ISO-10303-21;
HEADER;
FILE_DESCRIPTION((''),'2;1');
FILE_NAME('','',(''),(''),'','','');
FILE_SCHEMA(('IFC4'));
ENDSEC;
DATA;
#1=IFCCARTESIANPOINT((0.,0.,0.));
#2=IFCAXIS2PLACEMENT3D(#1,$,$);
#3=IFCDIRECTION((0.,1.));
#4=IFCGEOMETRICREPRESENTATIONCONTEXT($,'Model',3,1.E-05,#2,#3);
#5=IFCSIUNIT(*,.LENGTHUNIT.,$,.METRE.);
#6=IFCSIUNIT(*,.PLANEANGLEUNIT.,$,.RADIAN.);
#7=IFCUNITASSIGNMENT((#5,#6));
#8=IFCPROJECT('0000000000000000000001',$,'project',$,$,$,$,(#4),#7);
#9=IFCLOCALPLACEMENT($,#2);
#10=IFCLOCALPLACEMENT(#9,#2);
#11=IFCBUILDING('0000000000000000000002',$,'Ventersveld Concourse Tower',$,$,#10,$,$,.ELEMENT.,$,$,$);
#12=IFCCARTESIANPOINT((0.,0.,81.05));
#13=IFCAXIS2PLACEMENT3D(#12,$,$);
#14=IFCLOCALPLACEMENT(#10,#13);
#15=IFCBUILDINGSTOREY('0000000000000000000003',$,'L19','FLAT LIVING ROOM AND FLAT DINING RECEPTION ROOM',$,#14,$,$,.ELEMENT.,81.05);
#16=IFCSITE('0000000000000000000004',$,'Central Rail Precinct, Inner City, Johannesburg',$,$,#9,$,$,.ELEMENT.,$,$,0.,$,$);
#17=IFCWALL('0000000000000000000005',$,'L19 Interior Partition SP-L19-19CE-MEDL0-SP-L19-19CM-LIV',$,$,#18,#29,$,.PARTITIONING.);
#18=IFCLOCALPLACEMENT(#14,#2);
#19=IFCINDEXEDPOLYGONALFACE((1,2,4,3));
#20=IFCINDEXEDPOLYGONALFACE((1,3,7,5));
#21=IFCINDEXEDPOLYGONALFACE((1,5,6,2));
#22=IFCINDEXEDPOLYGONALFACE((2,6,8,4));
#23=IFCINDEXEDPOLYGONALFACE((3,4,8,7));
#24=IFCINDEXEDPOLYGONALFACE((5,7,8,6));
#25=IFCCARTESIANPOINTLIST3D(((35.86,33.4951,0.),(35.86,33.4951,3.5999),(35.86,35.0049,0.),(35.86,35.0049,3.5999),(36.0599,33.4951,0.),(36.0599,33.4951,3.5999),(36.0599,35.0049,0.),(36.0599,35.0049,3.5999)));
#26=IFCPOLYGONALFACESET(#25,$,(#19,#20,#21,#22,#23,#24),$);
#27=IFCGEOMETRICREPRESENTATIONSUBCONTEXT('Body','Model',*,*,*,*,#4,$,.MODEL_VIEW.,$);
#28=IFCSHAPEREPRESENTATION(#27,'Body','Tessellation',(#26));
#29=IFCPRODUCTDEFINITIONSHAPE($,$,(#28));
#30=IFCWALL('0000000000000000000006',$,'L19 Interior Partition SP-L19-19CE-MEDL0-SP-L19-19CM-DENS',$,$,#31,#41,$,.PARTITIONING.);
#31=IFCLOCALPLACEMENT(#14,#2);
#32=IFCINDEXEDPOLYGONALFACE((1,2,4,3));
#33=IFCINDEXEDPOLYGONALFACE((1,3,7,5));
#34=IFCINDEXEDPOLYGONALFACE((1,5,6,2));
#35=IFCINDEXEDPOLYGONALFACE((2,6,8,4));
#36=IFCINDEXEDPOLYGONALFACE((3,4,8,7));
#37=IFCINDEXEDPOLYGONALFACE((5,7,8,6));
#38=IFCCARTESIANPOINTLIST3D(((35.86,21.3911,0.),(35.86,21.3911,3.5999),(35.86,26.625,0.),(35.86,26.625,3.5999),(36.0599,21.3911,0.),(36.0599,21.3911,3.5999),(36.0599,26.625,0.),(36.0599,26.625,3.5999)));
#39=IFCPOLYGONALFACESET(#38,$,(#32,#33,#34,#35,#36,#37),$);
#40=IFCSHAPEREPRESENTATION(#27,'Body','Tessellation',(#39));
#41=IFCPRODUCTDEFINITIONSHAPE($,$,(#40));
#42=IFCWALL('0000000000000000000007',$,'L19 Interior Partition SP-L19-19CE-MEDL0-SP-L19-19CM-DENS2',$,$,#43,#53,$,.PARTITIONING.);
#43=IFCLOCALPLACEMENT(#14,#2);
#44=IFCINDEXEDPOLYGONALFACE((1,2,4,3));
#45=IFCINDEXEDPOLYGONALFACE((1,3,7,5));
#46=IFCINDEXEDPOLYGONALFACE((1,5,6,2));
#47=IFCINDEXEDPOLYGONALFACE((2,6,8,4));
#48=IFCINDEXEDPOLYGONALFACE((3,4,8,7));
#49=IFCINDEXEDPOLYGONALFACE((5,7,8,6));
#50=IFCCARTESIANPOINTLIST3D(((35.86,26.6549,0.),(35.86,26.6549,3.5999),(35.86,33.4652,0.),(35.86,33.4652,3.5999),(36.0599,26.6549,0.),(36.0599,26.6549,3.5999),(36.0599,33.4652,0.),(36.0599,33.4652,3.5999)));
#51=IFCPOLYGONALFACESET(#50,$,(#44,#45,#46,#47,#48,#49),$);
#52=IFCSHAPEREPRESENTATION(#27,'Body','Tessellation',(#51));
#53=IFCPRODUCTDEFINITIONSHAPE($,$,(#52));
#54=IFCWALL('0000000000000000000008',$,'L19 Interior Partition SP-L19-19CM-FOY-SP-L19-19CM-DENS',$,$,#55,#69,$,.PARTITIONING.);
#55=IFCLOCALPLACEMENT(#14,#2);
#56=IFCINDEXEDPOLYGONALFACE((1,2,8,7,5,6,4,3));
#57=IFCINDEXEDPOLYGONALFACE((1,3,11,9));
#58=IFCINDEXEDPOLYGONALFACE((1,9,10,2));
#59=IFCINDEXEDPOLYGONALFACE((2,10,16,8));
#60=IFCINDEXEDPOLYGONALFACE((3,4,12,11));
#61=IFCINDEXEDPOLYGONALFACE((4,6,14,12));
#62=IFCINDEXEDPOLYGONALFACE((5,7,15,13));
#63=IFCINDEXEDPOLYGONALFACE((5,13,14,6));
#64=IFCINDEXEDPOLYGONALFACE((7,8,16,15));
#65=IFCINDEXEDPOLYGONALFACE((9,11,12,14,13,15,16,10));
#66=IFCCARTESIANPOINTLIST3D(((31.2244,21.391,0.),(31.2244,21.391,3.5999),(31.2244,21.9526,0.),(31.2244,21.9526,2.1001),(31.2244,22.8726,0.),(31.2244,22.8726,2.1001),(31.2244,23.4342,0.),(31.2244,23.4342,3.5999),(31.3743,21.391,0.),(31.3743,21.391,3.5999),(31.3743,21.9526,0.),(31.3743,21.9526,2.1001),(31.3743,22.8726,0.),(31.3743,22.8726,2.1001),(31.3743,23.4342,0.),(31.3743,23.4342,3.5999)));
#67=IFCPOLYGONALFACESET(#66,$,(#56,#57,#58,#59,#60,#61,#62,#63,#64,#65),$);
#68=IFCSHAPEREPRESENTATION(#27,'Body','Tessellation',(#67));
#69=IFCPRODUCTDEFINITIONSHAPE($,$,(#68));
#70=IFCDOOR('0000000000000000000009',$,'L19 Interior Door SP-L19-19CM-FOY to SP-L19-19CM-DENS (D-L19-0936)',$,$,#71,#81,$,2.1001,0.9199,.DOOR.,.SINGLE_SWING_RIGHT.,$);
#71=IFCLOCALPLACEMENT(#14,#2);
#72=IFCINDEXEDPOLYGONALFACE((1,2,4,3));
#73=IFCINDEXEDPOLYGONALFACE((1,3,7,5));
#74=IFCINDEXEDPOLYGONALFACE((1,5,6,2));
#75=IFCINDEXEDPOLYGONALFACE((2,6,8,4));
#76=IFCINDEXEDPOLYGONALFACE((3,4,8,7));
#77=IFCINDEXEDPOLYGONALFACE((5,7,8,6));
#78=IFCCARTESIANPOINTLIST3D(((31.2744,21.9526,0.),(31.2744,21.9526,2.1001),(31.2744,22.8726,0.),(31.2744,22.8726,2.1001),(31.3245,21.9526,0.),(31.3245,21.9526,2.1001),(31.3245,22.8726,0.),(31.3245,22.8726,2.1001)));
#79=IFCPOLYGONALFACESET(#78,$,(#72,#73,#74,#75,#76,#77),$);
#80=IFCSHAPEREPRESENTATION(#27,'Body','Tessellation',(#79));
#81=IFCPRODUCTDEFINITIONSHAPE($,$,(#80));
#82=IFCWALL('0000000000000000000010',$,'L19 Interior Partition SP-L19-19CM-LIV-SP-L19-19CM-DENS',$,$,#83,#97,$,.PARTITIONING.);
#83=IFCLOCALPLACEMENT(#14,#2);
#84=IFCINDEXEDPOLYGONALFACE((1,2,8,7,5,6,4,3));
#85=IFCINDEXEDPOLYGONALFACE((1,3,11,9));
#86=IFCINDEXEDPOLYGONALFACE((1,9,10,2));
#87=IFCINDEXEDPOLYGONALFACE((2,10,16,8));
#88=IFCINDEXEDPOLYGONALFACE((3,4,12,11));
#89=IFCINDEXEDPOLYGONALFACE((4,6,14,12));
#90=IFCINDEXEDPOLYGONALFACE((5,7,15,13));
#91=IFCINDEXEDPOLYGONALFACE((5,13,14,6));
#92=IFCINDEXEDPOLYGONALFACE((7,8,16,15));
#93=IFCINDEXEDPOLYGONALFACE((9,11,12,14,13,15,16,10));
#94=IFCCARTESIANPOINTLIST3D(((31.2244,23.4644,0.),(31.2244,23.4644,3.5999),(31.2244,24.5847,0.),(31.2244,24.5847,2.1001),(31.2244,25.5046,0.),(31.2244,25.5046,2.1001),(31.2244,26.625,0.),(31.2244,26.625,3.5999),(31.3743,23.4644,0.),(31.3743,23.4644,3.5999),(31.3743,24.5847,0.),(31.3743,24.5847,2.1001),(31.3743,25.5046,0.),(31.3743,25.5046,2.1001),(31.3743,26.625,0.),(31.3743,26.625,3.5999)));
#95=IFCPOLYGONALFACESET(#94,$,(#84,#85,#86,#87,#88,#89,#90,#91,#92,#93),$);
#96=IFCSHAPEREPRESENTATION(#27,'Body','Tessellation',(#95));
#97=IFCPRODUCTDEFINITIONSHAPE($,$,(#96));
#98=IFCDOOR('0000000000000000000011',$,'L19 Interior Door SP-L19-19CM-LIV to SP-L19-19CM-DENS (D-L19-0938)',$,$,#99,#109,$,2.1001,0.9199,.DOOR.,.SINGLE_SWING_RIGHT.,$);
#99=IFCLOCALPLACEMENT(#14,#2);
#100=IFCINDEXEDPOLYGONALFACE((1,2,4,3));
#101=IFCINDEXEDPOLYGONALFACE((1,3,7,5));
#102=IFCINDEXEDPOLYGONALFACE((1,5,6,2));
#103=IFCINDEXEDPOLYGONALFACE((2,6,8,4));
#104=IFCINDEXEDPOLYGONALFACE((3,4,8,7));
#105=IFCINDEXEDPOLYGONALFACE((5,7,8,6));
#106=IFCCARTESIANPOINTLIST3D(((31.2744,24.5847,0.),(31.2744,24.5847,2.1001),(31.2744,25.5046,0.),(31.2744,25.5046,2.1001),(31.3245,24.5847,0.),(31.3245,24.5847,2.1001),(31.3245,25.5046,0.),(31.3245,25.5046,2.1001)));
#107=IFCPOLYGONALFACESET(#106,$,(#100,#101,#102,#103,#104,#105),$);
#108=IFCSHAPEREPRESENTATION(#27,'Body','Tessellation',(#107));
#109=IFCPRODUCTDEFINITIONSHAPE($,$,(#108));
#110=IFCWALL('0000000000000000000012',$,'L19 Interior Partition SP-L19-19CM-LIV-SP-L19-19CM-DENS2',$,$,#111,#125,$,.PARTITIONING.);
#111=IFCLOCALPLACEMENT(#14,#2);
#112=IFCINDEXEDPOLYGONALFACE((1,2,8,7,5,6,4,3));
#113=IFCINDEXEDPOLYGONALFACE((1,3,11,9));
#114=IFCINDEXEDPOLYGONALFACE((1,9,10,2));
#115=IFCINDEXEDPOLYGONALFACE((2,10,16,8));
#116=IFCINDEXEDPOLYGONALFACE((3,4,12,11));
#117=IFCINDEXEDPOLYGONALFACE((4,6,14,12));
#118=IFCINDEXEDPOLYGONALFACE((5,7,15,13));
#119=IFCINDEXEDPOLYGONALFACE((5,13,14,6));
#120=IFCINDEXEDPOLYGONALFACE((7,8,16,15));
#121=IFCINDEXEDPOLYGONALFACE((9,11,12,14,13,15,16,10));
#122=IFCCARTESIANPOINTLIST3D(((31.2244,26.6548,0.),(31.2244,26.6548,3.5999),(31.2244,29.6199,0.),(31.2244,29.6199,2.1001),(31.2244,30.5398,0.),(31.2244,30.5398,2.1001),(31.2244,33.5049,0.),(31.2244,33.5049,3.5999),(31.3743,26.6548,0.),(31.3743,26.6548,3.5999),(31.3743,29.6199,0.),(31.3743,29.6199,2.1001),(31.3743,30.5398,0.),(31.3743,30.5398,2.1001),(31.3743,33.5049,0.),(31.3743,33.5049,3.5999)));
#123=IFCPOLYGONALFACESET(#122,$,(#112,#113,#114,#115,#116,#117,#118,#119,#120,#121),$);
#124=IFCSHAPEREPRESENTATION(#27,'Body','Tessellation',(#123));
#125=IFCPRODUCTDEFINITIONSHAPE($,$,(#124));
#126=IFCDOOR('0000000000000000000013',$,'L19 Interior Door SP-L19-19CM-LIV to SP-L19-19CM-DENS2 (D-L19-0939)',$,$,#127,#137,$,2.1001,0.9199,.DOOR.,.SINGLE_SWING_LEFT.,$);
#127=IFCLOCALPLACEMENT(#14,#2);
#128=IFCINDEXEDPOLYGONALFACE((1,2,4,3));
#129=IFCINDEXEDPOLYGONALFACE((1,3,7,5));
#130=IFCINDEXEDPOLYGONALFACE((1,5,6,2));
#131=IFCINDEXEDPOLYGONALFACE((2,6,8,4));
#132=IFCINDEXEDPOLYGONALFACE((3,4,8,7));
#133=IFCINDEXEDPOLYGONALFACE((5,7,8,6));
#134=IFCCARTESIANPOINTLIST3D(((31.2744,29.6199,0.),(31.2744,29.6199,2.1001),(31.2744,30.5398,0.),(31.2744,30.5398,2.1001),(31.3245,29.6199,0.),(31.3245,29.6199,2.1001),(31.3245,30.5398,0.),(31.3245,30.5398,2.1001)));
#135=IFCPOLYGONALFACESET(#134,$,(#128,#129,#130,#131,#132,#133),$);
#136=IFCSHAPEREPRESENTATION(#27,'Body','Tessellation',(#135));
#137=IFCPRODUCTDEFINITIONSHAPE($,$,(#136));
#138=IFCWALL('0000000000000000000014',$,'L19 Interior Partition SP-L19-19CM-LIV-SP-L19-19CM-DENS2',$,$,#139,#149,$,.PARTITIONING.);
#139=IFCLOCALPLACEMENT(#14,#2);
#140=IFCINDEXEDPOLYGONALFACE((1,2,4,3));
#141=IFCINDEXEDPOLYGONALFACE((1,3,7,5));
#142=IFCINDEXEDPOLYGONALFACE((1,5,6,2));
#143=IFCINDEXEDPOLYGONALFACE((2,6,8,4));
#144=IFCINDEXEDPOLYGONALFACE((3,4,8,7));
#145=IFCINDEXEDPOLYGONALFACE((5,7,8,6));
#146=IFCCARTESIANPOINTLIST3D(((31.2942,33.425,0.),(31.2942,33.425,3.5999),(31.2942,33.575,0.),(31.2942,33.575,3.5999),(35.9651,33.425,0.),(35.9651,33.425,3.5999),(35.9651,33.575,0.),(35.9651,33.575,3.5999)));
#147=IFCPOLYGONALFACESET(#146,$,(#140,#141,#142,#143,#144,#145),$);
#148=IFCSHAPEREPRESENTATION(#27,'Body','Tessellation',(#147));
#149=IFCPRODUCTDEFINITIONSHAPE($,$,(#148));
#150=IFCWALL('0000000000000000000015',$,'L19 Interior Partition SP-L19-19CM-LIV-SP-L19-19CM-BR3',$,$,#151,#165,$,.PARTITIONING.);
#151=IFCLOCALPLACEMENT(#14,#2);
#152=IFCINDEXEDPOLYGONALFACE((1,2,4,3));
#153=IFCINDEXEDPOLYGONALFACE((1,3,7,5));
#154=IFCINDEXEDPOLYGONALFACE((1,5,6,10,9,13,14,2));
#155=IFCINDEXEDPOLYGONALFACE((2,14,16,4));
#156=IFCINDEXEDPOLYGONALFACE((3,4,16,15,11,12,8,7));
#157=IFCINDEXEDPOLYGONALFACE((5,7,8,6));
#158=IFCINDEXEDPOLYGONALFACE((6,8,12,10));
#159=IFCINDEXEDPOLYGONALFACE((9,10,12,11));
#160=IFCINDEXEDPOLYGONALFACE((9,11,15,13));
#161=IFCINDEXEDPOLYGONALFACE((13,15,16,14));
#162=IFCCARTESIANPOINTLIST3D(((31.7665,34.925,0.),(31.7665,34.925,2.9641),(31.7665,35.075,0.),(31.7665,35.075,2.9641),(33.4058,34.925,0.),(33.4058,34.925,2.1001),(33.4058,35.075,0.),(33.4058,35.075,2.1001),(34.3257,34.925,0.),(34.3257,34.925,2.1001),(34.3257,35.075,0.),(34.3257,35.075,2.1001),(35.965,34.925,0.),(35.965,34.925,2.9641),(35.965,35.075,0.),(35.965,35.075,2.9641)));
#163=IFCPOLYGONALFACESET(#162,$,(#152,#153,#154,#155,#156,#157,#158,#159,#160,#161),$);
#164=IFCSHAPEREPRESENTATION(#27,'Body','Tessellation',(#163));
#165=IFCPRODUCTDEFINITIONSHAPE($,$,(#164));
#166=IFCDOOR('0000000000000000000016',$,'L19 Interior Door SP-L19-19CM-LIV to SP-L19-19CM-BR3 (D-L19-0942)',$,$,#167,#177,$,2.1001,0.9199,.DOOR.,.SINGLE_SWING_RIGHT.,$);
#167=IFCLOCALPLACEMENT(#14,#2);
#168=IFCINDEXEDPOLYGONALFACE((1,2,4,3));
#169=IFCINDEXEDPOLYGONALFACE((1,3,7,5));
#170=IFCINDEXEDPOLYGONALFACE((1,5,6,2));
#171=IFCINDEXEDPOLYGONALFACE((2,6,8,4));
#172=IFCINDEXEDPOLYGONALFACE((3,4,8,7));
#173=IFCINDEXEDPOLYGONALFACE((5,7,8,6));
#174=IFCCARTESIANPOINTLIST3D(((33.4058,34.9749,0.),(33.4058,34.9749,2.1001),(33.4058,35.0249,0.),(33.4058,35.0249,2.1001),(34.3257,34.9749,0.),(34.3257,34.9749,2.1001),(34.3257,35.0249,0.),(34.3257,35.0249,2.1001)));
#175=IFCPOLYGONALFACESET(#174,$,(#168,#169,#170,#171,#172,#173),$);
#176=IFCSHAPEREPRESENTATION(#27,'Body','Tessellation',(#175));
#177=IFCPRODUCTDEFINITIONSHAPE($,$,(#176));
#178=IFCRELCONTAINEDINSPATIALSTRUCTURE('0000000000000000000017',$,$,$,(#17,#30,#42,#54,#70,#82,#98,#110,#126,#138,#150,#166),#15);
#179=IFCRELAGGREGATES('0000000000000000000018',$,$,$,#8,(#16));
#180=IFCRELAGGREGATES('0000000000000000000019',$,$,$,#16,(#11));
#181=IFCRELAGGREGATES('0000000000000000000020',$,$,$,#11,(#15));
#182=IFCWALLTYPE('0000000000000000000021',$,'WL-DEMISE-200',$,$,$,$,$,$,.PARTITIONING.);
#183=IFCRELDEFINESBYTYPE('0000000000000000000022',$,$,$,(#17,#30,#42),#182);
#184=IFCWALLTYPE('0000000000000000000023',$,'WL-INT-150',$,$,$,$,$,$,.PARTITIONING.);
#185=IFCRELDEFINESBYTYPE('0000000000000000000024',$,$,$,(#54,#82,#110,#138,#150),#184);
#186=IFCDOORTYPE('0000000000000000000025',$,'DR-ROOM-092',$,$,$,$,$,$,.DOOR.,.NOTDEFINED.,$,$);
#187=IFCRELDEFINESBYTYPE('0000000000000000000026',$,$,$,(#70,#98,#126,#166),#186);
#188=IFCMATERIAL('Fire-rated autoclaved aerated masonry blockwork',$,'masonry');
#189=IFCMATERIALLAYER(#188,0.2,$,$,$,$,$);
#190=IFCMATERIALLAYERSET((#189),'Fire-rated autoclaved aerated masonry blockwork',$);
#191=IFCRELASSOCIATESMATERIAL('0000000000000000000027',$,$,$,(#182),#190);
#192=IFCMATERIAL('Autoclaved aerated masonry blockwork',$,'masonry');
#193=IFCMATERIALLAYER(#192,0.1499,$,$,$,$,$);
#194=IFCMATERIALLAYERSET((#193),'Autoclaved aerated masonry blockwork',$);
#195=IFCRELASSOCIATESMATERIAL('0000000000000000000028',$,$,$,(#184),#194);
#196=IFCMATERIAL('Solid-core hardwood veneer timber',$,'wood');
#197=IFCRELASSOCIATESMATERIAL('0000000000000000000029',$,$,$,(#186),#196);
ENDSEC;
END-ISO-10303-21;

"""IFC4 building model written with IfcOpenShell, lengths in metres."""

from ifc_helpers import new_model, si_unit, direction, frame, frame_2d, origin, place, context, subcontext, project, spatial, rectangle, extrude, material, layer, layer_set, type_object, element, fill, save


model = new_model("IFC4")

# Units and contexts
model_context = context("Model", 3, precision=1e-05, world=origin(), true_north=direction((0.0, 1.0)))
body_context = subcontext(model_context, "Body", "Model", "MODEL_VIEW")
ifc_project = project(units=[si_unit("LENGTHUNIT", "METRE"), si_unit("PLANEANGLEUNIT", "RADIAN")], contexts=[model_context])

# Site, building, storey
site_placement = place(None, origin())
site = spatial("IfcSite", under=ifc_project, at=site_placement, Name="Central Rail Precinct, Inner City, Johannesburg", CompositionType="ELEMENT", RefElevation=0.0)
building_placement = place(site_placement, origin())
building = spatial("IfcBuilding", under=site, at=building_placement, Name="Ventersveld Concourse Tower", CompositionType="ELEMENT")
storey_placement = place(building_placement, frame((0.0, 0.0, 81.05)))
storey = spatial("IfcBuildingStorey", under=building, at=storey_placement, Name="L19", Description="FLAT LIVING ROOM AND FLAT DINING RECEPTION ROOM", CompositionType="ELEMENT", Elevation=81.05)

# Walls
ifc_material_1 = material(Name="Fire-rated autoclaved aerated masonry blockwork", Category="masonry")
ifc_layer_1 = layer(ifc_material_1, 0.2)
ifc_layer_set_1 = layer_set([ifc_layer_1], Name="Fire-rated autoclaved aerated masonry blockwork")
wall_type_1 = type_object("IfcWallType", Name="WL-DEMISE-200", PredefinedType="PARTITIONING", material=ifc_layer_set_1)
wall_1_placement = place(storey_placement, frame((35.96, 33.4951, 0.0), z_axis=(0.0, 0.0, 1.0), x_axis=(0.0, 1.0, 0.0)))
element("IfcWall", 1, at=wall_1_placement, inside=storey, type_object=wall_type_1, Name="L19 Interior Partition SP-L19-19CE-MEDL0-SP-L19-19CM-LIV", PredefinedType="PARTITIONING", context=body_context, shape_type="SweptSolid", body=[
    extrude(rectangle(XDim=1.5098, YDim=0.2, at=frame_2d((0.7549, 0.0))), origin(), (0.0, 0.0, 1.0), 3.5999),
])
wall_2_placement = place(storey_placement, frame((35.96, 21.3911, 0.0), z_axis=(0.0, 0.0, 1.0), x_axis=(0.0, 1.0, 0.0)))
element("IfcWall", 2, at=wall_2_placement, inside=storey, type_object=wall_type_1, Name="L19 Interior Partition SP-L19-19CE-MEDL0-SP-L19-19CM-DENS", PredefinedType="PARTITIONING", context=body_context, shape_type="SweptSolid", body=[
    extrude(rectangle(XDim=5.2339, YDim=0.2, at=frame_2d((2.6169, 0.0))), origin(), (0.0, 0.0, 1.0), 3.5999),
])
wall_3_placement = place(storey_placement, frame((35.96, 26.6548, 0.0), z_axis=(0.0, 0.0, 1.0), x_axis=(0.0, 1.0, 0.0)))
element("IfcWall", 3, at=wall_3_placement, inside=storey, type_object=wall_type_1, Name="L19 Interior Partition SP-L19-19CE-MEDL0-SP-L19-19CM-DENS2", PredefinedType="PARTITIONING", context=body_context, shape_type="SweptSolid", body=[
    extrude(rectangle(XDim=6.8103, YDim=0.2, at=frame_2d((3.4053, 0.0))), origin(), (0.0, 0.0, 1.0), 3.5999),
])

# Walls, openings, doors
ifc_material_2 = material(Name="Autoclaved aerated masonry blockwork", Category="masonry")
ifc_layer_2 = layer(ifc_material_2, 0.1499)
ifc_layer_set_2 = layer_set([ifc_layer_2], Name="Autoclaved aerated masonry blockwork")
wall_type_2 = type_object("IfcWallType", Name="WL-INT-150", PredefinedType="PARTITIONING", material=ifc_layer_set_2)
wall_4_placement = place(storey_placement, frame((31.2993, 21.3911, 0.0), z_axis=(0.0, 0.0, 1.0), x_axis=(0.0, 1.0, 0.0)))
wall_4 = element("IfcWall", 4, at=wall_4_placement, inside=storey, type_object=wall_type_2, Name="L19 Interior Partition SP-L19-19CM-FOY-SP-L19-19CM-DENS", PredefinedType="PARTITIONING", context=body_context, shape_type="SweptSolid", body=[
    extrude(rectangle(XDim=2.0432, YDim=0.1499, at=frame_2d((1.0215, 0.0))), origin(), (0.0, 0.0, 1.0), 3.5999),
])
opening_1_placement = place(wall_4_placement, frame((0.5615, 0.0, 0.0)))
opening_1 = element("IfcOpeningElement", 5, at=opening_1_placement, cuts=wall_4, PredefinedType="OPENING", context=body_context, shape_type="SweptSolid", body=[
    extrude(rectangle(XDim=0.9199, YDim=2.1001, at=frame_2d((0.46, 1.05))), frame((0.0, 0.085, 0.0), z_axis=(0.0, -1.0, 0.0), x_axis=(1.0, 0.0, 0.0)), (0.0, 0.0, 1.0), 0.1699),
])
ifc_material_3 = material(Name="Solid-core hardwood veneer timber", Category="wood")
door_type = type_object("IfcDoorType", Name="DR-ROOM-092", OperationType="NOTDEFINED", PredefinedType="DOOR", material=ifc_material_3)
door_1_placement = place(opening_1_placement, origin())
door_1 = element("IfcDoor", 6, at=door_1_placement, inside=storey, type_object=door_type, Name="L19 Interior Door SP-L19-19CM-FOY to SP-L19-19CM-DENS (D-L19-0936)", OperationType="SINGLE_SWING_RIGHT", OverallHeight=2.1001, OverallWidth=0.9199, PredefinedType="DOOR", context=body_context, shape_type="SweptSolid", body=[
    extrude(rectangle(XDim=0.9199, YDim=2.1001, at=frame_2d((0.46, 1.05))), frame((0.0, 0.0249, 0.0), z_axis=(0.0, -1.0, 0.0), x_axis=(1.0, 0.0, 0.0)), (0.0, 0.0, 1.0), 0.05),
])
fill(opening_1, door_1)
wall_5_placement = place(storey_placement, frame((31.2993, 23.4644, 0.0), z_axis=(0.0, 0.0, 1.0), x_axis=(0.0, 1.0, 0.0)))
wall_5 = element("IfcWall", 7, at=wall_5_placement, inside=storey, type_object=wall_type_2, Name="L19 Interior Partition SP-L19-19CM-LIV-SP-L19-19CM-DENS", PredefinedType="PARTITIONING", context=body_context, shape_type="SweptSolid", body=[
    extrude(rectangle(XDim=3.1606, YDim=0.1499, at=frame_2d((1.5803, 0.0))), origin(), (0.0, 0.0, 1.0), 3.5999),
])
opening_2_placement = place(wall_5_placement, frame((1.1204, 0.0, 0.0)))
opening_2 = element("IfcOpeningElement", 8, at=opening_2_placement, cuts=wall_5, PredefinedType="OPENING", context=body_context, shape_type="SweptSolid", body=[
    extrude(rectangle(XDim=0.9199, YDim=2.1001, at=frame_2d((0.46, 1.05))), frame((0.0, 0.085, 0.0), z_axis=(0.0, -1.0, 0.0), x_axis=(1.0, 0.0, 0.0)), (0.0, 0.0, 1.0), 0.1699),
])
door_2_placement = place(opening_2_placement, origin())
door_2 = element("IfcDoor", 9, at=door_2_placement, inside=storey, type_object=door_type, Name="L19 Interior Door SP-L19-19CM-LIV to SP-L19-19CM-DENS (D-L19-0938)", OperationType="SINGLE_SWING_RIGHT", OverallHeight=2.1001, OverallWidth=0.9199, PredefinedType="DOOR", context=body_context, shape_type="SweptSolid", body=[
    extrude(rectangle(XDim=0.9199, YDim=2.1001, at=frame_2d((0.46, 1.05))), frame((0.0, 0.0249, 0.0), z_axis=(0.0, -1.0, 0.0), x_axis=(1.0, 0.0, 0.0)), (0.0, 0.0, 1.0), 0.05),
])
fill(opening_2, door_2)
wall_6_placement = place(storey_placement, frame((31.2993, 26.6548, 0.0), z_axis=(0.0, 0.0, 1.0), x_axis=(0.0, 1.0, 0.0)))
wall_6 = element("IfcWall", 10, at=wall_6_placement, inside=storey, type_object=wall_type_2, Name="L19 Interior Partition SP-L19-19CM-LIV-SP-L19-19CM-DENS2", PredefinedType="PARTITIONING", context=body_context, shape_type="SweptSolid", body=[
    extrude(rectangle(XDim=6.8501, YDim=0.1499, at=frame_2d((3.425, 0.0))), origin(), (0.0, 0.0, 1.0), 3.5999),
])
opening_3_placement = place(wall_6_placement, frame((2.9651, 0.0, 0.0)))
opening_3 = element("IfcOpeningElement", 11, at=opening_3_placement, cuts=wall_6, PredefinedType="OPENING", context=body_context, shape_type="SweptSolid", body=[
    extrude(rectangle(XDim=0.9199, YDim=2.1001, at=frame_2d((0.46, 1.05))), frame((0.0, 0.085, 0.0), z_axis=(0.0, -1.0, 0.0), x_axis=(1.0, 0.0, 0.0)), (0.0, 0.0, 1.0), 0.1699),
])
door_3_placement = place(opening_3_placement, origin())
door_3 = element("IfcDoor", 12, at=door_3_placement, inside=storey, type_object=door_type, Name="L19 Interior Door SP-L19-19CM-LIV to SP-L19-19CM-DENS2 (D-L19-0939)", OperationType="SINGLE_SWING_LEFT", OverallHeight=2.1001, OverallWidth=0.9199, PredefinedType="DOOR", context=body_context, shape_type="SweptSolid", body=[
    extrude(rectangle(XDim=0.9199, YDim=2.1001, at=frame_2d((0.46, 1.05))), frame((0.0, 0.0249, 0.0), z_axis=(0.0, -1.0, 0.0), x_axis=(1.0, 0.0, 0.0)), (0.0, 0.0, 1.0), 0.05),
])
fill(opening_3, door_3)

# Wall
wall_7_placement = place(storey_placement, frame((31.2942, 33.5, 0.0), z_axis=(0.0, 0.0, 1.0), x_axis=(1.0, 0.0, 0.0)))
element("IfcWall", 13, at=wall_7_placement, inside=storey, type_object=wall_type_2, Name="L19 Interior Partition SP-L19-19CM-LIV-SP-L19-19CM-DENS2", PredefinedType="PARTITIONING", context=body_context, shape_type="SweptSolid", body=[
    extrude(rectangle(XDim=4.6709, YDim=0.1499, at=frame_2d((2.3354, 0.0))), origin(), (0.0, 0.0, 1.0), 3.5999),
])

# Wall, opening, door
wall_8_placement = place(storey_placement, frame((31.7666, 35.0, 0.0), z_axis=(0.0, 0.0, 1.0), x_axis=(1.0, 0.0, 0.0)))
wall_8 = element("IfcWall", 14, at=wall_8_placement, inside=storey, type_object=wall_type_2, Name="L19 Interior Partition SP-L19-19CM-LIV-SP-L19-19CM-BR3", PredefinedType="PARTITIONING", context=body_context, shape_type="SweptSolid", body=[
    extrude(rectangle(XDim=4.1985, YDim=0.1499, at=frame_2d((2.0991, 0.0))), origin(), (0.0, 0.0, 1.0), 2.9641),
])
opening_4_placement = place(wall_8_placement, frame((1.6392, 0.0, 0.0)))
opening_4 = element("IfcOpeningElement", 15, at=opening_4_placement, cuts=wall_8, PredefinedType="OPENING", context=body_context, shape_type="SweptSolid", body=[
    extrude(rectangle(XDim=0.9199, YDim=2.1001, at=frame_2d((0.46, 1.05))), frame((0.0, 0.085, 0.0), z_axis=(0.0, -1.0, 0.0), x_axis=(1.0, 0.0, 0.0)), (0.0, 0.0, 1.0), 0.1699),
])
door_4_placement = place(opening_4_placement, origin())
door_4 = element("IfcDoor", 16, at=door_4_placement, inside=storey, type_object=door_type, Name="L19 Interior Door SP-L19-19CM-LIV to SP-L19-19CM-BR3 (D-L19-0942)", OperationType="SINGLE_SWING_RIGHT", OverallHeight=2.1001, OverallWidth=0.9199, PredefinedType="DOOR", context=body_context, shape_type="SweptSolid", body=[
    extrude(rectangle(XDim=0.9199, YDim=2.1001, at=frame_2d((0.46, 1.05))), frame((0.0, 0.0249, 0.0), z_axis=(0.0, -1.0, 0.0), x_axis=(1.0, 0.0, 0.0)), (0.0, 0.0, 1.0), 0.05),
])
fill(opening_4, door_4)

save(model, "model.ifc")
